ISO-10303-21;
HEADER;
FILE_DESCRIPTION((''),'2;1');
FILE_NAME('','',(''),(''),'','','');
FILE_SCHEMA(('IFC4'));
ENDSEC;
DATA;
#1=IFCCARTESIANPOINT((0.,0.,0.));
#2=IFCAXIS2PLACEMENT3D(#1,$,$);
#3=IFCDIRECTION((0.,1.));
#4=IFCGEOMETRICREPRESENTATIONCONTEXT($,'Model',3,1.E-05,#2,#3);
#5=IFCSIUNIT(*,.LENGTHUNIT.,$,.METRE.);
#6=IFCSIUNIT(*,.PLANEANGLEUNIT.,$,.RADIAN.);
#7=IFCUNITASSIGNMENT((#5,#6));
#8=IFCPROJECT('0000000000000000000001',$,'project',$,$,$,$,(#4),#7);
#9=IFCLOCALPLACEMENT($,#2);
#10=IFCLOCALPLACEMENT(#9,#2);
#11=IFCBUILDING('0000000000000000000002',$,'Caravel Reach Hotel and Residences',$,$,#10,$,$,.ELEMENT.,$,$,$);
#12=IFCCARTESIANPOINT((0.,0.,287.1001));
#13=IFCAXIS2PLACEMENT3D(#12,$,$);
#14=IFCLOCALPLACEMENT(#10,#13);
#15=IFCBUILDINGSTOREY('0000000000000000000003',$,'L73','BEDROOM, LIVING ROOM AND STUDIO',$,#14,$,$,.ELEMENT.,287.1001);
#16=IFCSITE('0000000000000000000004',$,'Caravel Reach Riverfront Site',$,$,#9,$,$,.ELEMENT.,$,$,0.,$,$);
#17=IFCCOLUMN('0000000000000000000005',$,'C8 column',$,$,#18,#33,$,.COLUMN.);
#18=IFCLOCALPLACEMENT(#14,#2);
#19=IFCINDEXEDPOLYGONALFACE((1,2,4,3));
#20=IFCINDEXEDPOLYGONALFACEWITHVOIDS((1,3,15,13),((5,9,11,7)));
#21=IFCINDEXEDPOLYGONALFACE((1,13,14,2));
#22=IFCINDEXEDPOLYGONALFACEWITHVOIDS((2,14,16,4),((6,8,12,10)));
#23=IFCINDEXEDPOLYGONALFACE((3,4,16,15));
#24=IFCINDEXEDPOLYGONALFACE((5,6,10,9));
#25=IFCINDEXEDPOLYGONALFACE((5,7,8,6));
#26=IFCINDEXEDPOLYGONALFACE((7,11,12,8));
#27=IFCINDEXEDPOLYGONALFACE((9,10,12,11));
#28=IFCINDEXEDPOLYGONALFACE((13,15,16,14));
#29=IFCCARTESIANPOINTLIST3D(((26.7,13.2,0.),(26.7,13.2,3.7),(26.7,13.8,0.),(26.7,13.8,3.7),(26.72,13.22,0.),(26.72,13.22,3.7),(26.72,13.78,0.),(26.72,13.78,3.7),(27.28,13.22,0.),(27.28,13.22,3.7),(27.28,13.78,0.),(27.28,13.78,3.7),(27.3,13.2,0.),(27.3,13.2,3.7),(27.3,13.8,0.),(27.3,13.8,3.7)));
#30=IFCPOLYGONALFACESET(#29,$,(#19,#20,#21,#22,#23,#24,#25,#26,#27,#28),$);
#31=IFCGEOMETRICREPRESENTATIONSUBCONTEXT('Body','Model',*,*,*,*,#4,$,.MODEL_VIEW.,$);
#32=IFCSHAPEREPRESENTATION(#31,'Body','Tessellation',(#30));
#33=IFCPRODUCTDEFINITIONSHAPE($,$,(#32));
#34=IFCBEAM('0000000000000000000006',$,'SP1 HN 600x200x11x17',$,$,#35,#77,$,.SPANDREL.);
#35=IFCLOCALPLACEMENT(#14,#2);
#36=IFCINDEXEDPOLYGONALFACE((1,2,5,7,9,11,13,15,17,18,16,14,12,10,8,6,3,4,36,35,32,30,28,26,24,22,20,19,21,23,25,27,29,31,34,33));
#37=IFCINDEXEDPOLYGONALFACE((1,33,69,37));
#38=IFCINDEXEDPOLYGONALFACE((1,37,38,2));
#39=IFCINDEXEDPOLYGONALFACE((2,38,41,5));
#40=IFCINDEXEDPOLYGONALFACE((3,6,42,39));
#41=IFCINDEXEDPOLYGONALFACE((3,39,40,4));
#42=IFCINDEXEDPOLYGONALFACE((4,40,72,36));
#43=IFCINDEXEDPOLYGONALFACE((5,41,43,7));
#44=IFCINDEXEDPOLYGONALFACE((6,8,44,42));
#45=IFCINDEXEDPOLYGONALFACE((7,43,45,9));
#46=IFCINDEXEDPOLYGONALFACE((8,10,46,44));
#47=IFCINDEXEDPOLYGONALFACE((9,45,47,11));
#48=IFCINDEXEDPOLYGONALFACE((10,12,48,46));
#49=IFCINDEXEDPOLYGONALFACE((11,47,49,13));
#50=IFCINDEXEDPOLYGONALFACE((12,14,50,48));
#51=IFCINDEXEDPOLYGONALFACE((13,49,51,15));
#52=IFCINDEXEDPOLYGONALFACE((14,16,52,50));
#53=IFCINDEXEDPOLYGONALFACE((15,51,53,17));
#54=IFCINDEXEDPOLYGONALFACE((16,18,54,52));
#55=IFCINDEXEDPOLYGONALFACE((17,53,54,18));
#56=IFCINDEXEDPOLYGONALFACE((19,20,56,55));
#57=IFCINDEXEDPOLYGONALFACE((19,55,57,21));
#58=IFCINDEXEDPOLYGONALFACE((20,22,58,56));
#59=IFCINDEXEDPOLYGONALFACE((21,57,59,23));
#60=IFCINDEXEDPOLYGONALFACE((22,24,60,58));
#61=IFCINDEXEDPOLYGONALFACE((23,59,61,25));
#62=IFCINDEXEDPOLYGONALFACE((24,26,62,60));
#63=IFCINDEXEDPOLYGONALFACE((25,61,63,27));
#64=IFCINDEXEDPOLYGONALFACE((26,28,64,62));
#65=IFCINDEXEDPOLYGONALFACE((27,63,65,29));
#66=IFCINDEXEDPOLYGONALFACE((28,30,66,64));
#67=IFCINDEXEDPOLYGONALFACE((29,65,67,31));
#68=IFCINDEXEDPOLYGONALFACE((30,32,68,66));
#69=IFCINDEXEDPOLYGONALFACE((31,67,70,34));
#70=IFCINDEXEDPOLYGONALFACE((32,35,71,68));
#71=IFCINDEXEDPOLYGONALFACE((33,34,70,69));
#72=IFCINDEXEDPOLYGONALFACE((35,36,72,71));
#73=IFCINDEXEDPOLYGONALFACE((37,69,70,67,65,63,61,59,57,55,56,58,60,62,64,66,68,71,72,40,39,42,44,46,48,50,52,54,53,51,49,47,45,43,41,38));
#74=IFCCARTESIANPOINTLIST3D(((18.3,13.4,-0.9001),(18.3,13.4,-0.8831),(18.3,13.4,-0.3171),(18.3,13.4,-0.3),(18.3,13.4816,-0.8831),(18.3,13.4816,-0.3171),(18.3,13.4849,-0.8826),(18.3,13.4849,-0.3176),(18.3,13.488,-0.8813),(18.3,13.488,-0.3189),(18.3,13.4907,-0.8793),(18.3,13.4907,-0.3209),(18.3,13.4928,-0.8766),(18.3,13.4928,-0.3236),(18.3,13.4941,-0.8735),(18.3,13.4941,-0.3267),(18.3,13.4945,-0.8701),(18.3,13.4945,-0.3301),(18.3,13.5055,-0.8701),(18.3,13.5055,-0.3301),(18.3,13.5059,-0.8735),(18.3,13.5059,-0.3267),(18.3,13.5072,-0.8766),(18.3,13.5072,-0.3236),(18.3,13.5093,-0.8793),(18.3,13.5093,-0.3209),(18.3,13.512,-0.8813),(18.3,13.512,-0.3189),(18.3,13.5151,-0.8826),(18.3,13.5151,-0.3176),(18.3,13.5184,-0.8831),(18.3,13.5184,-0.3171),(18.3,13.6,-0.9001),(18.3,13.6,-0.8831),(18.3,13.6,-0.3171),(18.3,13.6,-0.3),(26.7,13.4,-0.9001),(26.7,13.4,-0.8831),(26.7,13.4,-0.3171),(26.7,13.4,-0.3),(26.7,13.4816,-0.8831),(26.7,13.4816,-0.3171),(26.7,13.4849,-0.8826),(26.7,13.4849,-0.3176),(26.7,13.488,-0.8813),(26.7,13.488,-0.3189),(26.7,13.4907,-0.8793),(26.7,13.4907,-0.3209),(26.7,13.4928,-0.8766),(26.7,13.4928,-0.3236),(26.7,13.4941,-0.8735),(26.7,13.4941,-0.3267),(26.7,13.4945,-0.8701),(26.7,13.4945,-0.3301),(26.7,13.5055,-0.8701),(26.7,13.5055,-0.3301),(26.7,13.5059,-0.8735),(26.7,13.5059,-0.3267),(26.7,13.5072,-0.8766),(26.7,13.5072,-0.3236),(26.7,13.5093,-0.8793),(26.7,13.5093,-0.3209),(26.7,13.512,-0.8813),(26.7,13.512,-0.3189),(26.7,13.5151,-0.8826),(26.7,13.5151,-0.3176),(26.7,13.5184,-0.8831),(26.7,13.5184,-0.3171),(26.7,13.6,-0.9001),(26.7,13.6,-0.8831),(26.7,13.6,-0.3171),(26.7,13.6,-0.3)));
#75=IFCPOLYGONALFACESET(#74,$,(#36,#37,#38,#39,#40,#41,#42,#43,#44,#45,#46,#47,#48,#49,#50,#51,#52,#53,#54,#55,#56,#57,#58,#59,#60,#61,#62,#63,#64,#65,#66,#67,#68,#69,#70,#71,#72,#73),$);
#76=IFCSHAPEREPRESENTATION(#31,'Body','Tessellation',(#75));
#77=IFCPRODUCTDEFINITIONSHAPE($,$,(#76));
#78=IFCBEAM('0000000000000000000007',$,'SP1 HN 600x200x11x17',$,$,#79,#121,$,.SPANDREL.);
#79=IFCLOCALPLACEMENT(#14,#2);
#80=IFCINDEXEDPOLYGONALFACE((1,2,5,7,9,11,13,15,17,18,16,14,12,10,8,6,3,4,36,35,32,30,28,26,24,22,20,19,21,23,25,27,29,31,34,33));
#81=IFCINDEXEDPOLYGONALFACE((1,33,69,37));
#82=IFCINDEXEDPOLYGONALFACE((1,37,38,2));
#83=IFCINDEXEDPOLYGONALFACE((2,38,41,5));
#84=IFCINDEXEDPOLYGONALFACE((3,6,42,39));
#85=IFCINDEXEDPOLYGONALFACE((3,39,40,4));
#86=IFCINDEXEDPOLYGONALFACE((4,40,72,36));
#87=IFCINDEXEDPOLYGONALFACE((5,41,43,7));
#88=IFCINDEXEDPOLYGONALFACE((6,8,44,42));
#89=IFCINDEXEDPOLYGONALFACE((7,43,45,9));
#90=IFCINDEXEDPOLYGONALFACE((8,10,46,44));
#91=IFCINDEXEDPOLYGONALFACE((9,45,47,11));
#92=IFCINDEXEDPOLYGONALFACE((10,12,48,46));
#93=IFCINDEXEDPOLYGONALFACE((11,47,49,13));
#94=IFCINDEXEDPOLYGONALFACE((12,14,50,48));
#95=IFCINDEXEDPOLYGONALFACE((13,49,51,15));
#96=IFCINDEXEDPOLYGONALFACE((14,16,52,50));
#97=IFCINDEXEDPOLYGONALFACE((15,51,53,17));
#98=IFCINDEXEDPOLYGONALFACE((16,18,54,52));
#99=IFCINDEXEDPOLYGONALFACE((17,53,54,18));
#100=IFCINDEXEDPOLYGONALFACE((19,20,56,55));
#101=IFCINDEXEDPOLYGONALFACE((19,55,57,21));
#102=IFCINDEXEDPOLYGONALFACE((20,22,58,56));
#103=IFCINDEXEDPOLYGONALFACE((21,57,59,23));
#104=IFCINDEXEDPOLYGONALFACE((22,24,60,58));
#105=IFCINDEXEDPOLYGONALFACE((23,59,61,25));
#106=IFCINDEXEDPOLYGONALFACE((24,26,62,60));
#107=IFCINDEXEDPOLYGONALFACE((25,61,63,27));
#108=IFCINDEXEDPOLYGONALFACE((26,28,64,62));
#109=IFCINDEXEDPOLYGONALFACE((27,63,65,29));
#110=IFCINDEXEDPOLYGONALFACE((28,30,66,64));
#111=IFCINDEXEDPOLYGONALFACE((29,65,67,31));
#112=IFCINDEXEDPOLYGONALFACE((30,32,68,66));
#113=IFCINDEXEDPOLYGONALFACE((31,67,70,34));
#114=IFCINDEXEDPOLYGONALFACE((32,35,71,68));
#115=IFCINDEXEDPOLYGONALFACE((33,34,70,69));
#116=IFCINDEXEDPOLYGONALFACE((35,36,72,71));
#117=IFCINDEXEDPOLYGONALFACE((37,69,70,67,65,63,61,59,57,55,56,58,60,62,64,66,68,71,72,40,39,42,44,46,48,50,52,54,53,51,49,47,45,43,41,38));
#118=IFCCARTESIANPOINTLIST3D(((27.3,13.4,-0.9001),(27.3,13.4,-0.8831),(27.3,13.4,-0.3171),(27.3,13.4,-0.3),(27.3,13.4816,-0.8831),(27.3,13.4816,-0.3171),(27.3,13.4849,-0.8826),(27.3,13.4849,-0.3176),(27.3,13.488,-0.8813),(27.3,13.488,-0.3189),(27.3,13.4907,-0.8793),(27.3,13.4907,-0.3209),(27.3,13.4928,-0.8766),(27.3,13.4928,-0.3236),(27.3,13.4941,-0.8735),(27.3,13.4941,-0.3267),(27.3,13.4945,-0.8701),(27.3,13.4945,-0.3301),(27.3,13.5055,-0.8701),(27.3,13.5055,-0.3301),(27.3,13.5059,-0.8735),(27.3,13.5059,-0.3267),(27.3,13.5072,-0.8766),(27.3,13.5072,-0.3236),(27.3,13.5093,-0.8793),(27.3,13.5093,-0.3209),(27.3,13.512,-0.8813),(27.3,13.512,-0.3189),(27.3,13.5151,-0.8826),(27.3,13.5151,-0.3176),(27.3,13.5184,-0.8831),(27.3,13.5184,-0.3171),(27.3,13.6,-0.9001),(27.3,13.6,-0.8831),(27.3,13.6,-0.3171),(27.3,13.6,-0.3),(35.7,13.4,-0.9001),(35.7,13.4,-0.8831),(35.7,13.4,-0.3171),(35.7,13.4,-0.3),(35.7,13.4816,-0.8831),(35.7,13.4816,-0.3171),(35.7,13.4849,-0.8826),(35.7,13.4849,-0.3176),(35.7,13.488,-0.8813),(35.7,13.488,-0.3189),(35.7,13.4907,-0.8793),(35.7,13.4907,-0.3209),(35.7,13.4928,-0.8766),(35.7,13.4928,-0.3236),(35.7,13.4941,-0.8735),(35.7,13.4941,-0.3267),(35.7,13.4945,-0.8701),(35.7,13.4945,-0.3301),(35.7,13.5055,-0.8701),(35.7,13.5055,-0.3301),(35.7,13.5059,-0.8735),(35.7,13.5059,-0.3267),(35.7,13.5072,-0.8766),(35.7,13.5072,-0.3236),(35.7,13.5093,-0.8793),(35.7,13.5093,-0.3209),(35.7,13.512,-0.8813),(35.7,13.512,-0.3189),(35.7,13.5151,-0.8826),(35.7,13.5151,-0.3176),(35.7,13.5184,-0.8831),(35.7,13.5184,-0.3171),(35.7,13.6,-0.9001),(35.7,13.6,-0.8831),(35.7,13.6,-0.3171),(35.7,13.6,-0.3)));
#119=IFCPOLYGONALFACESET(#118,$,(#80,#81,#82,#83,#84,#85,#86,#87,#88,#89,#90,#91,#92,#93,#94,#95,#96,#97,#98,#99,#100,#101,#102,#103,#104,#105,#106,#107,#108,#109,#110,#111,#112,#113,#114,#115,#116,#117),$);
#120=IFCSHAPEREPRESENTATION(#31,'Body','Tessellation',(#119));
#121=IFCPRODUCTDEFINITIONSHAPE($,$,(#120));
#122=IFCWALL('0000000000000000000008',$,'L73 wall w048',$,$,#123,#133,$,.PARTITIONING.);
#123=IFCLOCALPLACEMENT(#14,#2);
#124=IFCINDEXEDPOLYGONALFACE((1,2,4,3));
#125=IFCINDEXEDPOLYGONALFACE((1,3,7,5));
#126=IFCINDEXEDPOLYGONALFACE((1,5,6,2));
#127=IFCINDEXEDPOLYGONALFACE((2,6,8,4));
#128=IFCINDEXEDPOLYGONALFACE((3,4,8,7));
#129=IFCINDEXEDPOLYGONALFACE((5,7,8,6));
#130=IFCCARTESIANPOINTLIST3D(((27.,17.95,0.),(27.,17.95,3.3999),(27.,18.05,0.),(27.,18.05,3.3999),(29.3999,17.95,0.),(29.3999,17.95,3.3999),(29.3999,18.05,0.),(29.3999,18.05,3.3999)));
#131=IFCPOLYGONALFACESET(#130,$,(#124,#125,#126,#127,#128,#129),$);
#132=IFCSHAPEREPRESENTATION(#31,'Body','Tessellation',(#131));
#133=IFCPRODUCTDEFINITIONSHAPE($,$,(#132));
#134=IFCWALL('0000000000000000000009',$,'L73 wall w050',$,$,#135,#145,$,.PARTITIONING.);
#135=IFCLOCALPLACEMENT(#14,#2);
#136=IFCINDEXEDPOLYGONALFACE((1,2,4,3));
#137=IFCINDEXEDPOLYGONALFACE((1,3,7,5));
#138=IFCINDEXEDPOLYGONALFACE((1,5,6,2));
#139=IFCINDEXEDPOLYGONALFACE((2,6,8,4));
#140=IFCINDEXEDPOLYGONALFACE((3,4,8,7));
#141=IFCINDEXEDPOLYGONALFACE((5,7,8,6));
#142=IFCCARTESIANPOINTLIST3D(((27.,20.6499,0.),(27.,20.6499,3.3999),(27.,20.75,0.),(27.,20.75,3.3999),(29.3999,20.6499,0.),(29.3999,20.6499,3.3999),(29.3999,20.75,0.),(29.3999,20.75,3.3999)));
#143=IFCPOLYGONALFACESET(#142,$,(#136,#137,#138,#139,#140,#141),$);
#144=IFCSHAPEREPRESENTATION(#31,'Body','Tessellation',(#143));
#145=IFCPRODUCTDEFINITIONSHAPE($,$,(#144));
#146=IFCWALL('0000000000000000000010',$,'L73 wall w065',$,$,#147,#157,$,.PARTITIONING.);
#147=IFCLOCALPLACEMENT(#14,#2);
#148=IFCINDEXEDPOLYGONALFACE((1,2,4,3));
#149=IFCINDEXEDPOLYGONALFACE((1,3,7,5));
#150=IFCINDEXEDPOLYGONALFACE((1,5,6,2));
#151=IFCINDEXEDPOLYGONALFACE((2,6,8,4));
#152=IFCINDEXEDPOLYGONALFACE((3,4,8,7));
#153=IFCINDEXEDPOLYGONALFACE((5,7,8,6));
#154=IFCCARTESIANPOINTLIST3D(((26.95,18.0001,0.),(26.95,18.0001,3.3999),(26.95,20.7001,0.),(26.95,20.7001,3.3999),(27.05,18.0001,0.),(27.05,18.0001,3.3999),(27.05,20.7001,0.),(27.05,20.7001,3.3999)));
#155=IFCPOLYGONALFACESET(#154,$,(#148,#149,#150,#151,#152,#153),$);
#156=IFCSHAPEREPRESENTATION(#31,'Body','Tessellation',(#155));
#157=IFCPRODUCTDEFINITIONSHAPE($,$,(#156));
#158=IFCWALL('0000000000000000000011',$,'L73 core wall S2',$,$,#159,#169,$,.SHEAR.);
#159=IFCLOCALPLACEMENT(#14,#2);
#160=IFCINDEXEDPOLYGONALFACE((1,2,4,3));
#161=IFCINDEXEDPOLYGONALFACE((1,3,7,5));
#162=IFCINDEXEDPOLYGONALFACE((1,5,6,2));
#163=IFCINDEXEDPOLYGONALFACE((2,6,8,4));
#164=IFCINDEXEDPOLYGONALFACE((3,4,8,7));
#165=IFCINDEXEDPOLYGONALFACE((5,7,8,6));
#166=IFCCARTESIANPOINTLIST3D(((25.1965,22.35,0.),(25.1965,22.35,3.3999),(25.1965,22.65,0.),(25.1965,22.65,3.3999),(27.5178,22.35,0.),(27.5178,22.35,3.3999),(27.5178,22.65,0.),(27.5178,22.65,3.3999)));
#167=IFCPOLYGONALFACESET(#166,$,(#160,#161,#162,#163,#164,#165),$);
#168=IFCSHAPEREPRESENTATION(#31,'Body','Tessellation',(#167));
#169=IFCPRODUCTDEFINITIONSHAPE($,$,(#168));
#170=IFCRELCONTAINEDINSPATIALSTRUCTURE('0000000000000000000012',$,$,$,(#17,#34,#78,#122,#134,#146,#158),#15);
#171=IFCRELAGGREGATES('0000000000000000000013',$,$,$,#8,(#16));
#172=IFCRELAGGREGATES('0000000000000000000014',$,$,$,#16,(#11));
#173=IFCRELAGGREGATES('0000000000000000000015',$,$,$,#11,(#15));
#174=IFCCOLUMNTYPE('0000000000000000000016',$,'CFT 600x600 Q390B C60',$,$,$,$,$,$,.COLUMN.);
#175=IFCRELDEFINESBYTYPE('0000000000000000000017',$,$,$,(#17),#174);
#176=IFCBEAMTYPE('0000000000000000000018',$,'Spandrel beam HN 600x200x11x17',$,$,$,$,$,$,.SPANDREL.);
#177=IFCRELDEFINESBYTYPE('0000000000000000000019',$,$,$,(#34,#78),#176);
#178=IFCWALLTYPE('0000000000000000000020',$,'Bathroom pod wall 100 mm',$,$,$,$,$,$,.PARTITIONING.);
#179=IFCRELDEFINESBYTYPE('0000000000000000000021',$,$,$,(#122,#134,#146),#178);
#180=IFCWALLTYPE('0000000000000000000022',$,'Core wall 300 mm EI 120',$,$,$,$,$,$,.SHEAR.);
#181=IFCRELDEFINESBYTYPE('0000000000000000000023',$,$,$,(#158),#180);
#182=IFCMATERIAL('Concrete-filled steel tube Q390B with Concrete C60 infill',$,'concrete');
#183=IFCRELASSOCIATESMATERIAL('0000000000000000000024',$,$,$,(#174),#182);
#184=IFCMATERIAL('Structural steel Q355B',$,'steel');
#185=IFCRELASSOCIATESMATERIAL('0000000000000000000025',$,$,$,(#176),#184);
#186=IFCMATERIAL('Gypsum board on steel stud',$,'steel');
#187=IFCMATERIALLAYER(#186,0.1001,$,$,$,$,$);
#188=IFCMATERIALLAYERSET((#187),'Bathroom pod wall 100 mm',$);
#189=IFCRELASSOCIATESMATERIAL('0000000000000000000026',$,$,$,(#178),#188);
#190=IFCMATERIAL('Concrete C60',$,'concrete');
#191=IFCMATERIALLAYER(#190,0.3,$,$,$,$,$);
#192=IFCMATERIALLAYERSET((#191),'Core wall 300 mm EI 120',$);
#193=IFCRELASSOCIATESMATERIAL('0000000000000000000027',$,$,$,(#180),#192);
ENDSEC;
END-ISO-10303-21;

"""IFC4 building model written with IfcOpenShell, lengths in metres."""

from ifc_helpers import new_model, si_unit, direction, frame, frame_2d, origin, origin_2d, place, context, subcontext, project, spatial, rectangle, hollow_rectangle, i_section, extrude, material, layer, layer_set, material_profile, profile_set, type_object, element, save


model = new_model("IFC4")

# Units and contexts
model_context = context("Model", 3, precision=1e-05, world=origin(), true_north=direction((0.0, 1.0)))
body_context = subcontext(model_context, "Body", "Model", "MODEL_VIEW")
ifc_project = project(units=[si_unit("LENGTHUNIT", "METRE"), si_unit("PLANEANGLEUNIT", "RADIAN")], contexts=[model_context])

# Site, building, storey
site_placement = place(None, origin())
site = spatial("IfcSite", under=ifc_project, at=site_placement, Name="Caravel Reach Riverfront Site", CompositionType="ELEMENT", RefElevation=0.0)
building_placement = place(site_placement, origin())
building = spatial("IfcBuilding", under=site, at=building_placement, Name="Caravel Reach Hotel and Residences", CompositionType="ELEMENT")
storey_placement = place(building_placement, frame((0.0, 0.0, 287.1001)))
storey = spatial("IfcBuildingStorey", under=building, at=storey_placement, Name="L73", Description="BEDROOM, LIVING ROOM AND STUDIO", CompositionType="ELEMENT", Elevation=287.1001)

# Column
ifc_material_1 = material(Name="Concrete-filled steel tube Q390B with Concrete C60 infill", Category="concrete")
ifc_material_profile_1 = material_profile(ifc_material_1, hollow_rectangle(XDim=0.6001, YDim=0.6001, WallThickness=0.02, at=origin_2d()), Name="RHS 600x600x20")
ifc_profile_set_1 = profile_set([ifc_material_profile_1], Name="Concrete-filled steel tube Q390B with Concrete C60 infill")
column_type = type_object("IfcColumnType", Name="CFT 600x600 Q390B C60", PredefinedType="COLUMN", material=ifc_profile_set_1)
column_placement = place(storey_placement, frame((27.0, 13.5, 0.0), z_axis=(0.0, 0.0, 1.0), x_axis=(1.0, 0.0, 0.0)))
element("IfcColumn", 1, at=column_placement, inside=storey, type_object=column_type, Name="C8 column", PredefinedType="COLUMN", context=body_context, shape_type="SweptSolid", body=[
    extrude(hollow_rectangle(XDim=0.6001, YDim=0.6001, WallThickness=0.02, at=origin_2d()), origin(), (0.0, 0.0, 1.0), 3.7),
])

# Beams
ifc_material_2 = material(Name="Structural steel Q355B", Category="steel")
ifc_material_profile_2 = material_profile(ifc_material_2, i_section(OverallWidth=0.2, OverallDepth=0.6001, WebThickness=0.011, FlangeThickness=0.0171, FilletRadius=0.0129, at=origin_2d()), Name="HN 600x200x11x17")
ifc_profile_set_2 = profile_set([ifc_material_profile_2], Name="Structural steel Q355B")
beam_type = type_object("IfcBeamType", Name="Spandrel beam HN 600x200x11x17", PredefinedType="SPANDREL", material=ifc_profile_set_2)
for number, where, z_axis, x_axis, name in (
    (2, (18.3, 13.5, -0.6001), (1.0, 0.0, 0.0), (0.0, 1.0, 0.0), "SP1 HN 600x200x11x17"),
    (3, (27.3, 13.5, -0.6001), (1.0, 0.0, 0.0), (0.0, 1.0, 0.0), "SP1 HN 600x200x11x17"),
):
    element("IfcBeam", number, at=place(storey_placement, frame(where, z_axis=z_axis, x_axis=x_axis)), inside=storey, type_object=beam_type, Name=name, PredefinedType="SPANDREL", context=body_context, shape_type="SweptSolid", body=[
        extrude(i_section(OverallWidth=0.2, OverallDepth=0.6001, WebThickness=0.011, FlangeThickness=0.0171, FilletRadius=0.0129, at=origin_2d()), origin(), (0.0, 0.0, 1.0), 8.3999),
    ])

# Walls
ifc_material_3 = material(Name="Gypsum board on steel stud", Category="steel")
ifc_layer_1 = layer(ifc_material_3, 0.1001)
ifc_layer_set_1 = layer_set([ifc_layer_1], Name="Bathroom pod wall 100 mm")
wall_type_1 = type_object("IfcWallType", Name="Bathroom pod wall 100 mm", PredefinedType="PARTITIONING", material=ifc_layer_set_1)
for number, where, z_axis, x_axis, name in (
    (4, (27.0, 18.0, 0.0), (0.0, 0.0, 1.0), (1.0, 0.0, 0.0), "L73 wall w048"),
    (5, (27.0, 20.7, 0.0), (0.0, 0.0, 1.0), (1.0, 0.0, 0.0), "L73 wall w050"),
):
    element("IfcWall", number, at=place(storey_placement, frame(where, z_axis=z_axis, x_axis=x_axis)), inside=storey, type_object=wall_type_1, Name=name, PredefinedType="PARTITIONING", context=body_context, shape_type="SweptSolid", body=[
        extrude(rectangle(XDim=2.3999, YDim=0.1001, at=frame_2d((1.2, 0.0))), origin(), (0.0, 0.0, 1.0), 3.3999),
    ])
wall_1_placement = place(storey_placement, frame((27.0, 18.0, 0.0), z_axis=(0.0, 0.0, 1.0), x_axis=(0.0, 1.0, 0.0)))
element("IfcWall", 6, at=wall_1_placement, inside=storey, type_object=wall_type_1, Name="L73 wall w065", PredefinedType="PARTITIONING", context=body_context, shape_type="SweptSolid", body=[
    extrude(rectangle(XDim=2.7, YDim=0.1001, at=frame_2d((1.3501, 0.0))), origin(), (0.0, 0.0, 1.0), 3.3999),
])
ifc_material_4 = material(Name="Concrete C60", Category="concrete")
ifc_layer_2 = layer(ifc_material_4, 0.3)
ifc_layer_set_2 = layer_set([ifc_layer_2], Name="Core wall 300 mm EI 120")
wall_type_2 = type_object("IfcWallType", Name="Core wall 300 mm EI 120", PredefinedType="SHEAR", material=ifc_layer_set_2)
wall_2_placement = place(storey_placement, frame((25.1965, 22.5, 0.0), z_axis=(0.0, 0.0, 1.0), x_axis=(1.0, 0.0, 0.0)))
element("IfcWall", 7, at=wall_2_placement, inside=storey, type_object=wall_type_2, Name="L73 core wall S2", PredefinedType="SHEAR", context=body_context, shape_type="SweptSolid", body=[
    extrude(rectangle(XDim=2.3213, YDim=0.3, at=frame_2d((1.1606, 0.0))), origin(), (0.0, 0.0, 1.0), 3.3999),
])

save(model, "model.ifc")
